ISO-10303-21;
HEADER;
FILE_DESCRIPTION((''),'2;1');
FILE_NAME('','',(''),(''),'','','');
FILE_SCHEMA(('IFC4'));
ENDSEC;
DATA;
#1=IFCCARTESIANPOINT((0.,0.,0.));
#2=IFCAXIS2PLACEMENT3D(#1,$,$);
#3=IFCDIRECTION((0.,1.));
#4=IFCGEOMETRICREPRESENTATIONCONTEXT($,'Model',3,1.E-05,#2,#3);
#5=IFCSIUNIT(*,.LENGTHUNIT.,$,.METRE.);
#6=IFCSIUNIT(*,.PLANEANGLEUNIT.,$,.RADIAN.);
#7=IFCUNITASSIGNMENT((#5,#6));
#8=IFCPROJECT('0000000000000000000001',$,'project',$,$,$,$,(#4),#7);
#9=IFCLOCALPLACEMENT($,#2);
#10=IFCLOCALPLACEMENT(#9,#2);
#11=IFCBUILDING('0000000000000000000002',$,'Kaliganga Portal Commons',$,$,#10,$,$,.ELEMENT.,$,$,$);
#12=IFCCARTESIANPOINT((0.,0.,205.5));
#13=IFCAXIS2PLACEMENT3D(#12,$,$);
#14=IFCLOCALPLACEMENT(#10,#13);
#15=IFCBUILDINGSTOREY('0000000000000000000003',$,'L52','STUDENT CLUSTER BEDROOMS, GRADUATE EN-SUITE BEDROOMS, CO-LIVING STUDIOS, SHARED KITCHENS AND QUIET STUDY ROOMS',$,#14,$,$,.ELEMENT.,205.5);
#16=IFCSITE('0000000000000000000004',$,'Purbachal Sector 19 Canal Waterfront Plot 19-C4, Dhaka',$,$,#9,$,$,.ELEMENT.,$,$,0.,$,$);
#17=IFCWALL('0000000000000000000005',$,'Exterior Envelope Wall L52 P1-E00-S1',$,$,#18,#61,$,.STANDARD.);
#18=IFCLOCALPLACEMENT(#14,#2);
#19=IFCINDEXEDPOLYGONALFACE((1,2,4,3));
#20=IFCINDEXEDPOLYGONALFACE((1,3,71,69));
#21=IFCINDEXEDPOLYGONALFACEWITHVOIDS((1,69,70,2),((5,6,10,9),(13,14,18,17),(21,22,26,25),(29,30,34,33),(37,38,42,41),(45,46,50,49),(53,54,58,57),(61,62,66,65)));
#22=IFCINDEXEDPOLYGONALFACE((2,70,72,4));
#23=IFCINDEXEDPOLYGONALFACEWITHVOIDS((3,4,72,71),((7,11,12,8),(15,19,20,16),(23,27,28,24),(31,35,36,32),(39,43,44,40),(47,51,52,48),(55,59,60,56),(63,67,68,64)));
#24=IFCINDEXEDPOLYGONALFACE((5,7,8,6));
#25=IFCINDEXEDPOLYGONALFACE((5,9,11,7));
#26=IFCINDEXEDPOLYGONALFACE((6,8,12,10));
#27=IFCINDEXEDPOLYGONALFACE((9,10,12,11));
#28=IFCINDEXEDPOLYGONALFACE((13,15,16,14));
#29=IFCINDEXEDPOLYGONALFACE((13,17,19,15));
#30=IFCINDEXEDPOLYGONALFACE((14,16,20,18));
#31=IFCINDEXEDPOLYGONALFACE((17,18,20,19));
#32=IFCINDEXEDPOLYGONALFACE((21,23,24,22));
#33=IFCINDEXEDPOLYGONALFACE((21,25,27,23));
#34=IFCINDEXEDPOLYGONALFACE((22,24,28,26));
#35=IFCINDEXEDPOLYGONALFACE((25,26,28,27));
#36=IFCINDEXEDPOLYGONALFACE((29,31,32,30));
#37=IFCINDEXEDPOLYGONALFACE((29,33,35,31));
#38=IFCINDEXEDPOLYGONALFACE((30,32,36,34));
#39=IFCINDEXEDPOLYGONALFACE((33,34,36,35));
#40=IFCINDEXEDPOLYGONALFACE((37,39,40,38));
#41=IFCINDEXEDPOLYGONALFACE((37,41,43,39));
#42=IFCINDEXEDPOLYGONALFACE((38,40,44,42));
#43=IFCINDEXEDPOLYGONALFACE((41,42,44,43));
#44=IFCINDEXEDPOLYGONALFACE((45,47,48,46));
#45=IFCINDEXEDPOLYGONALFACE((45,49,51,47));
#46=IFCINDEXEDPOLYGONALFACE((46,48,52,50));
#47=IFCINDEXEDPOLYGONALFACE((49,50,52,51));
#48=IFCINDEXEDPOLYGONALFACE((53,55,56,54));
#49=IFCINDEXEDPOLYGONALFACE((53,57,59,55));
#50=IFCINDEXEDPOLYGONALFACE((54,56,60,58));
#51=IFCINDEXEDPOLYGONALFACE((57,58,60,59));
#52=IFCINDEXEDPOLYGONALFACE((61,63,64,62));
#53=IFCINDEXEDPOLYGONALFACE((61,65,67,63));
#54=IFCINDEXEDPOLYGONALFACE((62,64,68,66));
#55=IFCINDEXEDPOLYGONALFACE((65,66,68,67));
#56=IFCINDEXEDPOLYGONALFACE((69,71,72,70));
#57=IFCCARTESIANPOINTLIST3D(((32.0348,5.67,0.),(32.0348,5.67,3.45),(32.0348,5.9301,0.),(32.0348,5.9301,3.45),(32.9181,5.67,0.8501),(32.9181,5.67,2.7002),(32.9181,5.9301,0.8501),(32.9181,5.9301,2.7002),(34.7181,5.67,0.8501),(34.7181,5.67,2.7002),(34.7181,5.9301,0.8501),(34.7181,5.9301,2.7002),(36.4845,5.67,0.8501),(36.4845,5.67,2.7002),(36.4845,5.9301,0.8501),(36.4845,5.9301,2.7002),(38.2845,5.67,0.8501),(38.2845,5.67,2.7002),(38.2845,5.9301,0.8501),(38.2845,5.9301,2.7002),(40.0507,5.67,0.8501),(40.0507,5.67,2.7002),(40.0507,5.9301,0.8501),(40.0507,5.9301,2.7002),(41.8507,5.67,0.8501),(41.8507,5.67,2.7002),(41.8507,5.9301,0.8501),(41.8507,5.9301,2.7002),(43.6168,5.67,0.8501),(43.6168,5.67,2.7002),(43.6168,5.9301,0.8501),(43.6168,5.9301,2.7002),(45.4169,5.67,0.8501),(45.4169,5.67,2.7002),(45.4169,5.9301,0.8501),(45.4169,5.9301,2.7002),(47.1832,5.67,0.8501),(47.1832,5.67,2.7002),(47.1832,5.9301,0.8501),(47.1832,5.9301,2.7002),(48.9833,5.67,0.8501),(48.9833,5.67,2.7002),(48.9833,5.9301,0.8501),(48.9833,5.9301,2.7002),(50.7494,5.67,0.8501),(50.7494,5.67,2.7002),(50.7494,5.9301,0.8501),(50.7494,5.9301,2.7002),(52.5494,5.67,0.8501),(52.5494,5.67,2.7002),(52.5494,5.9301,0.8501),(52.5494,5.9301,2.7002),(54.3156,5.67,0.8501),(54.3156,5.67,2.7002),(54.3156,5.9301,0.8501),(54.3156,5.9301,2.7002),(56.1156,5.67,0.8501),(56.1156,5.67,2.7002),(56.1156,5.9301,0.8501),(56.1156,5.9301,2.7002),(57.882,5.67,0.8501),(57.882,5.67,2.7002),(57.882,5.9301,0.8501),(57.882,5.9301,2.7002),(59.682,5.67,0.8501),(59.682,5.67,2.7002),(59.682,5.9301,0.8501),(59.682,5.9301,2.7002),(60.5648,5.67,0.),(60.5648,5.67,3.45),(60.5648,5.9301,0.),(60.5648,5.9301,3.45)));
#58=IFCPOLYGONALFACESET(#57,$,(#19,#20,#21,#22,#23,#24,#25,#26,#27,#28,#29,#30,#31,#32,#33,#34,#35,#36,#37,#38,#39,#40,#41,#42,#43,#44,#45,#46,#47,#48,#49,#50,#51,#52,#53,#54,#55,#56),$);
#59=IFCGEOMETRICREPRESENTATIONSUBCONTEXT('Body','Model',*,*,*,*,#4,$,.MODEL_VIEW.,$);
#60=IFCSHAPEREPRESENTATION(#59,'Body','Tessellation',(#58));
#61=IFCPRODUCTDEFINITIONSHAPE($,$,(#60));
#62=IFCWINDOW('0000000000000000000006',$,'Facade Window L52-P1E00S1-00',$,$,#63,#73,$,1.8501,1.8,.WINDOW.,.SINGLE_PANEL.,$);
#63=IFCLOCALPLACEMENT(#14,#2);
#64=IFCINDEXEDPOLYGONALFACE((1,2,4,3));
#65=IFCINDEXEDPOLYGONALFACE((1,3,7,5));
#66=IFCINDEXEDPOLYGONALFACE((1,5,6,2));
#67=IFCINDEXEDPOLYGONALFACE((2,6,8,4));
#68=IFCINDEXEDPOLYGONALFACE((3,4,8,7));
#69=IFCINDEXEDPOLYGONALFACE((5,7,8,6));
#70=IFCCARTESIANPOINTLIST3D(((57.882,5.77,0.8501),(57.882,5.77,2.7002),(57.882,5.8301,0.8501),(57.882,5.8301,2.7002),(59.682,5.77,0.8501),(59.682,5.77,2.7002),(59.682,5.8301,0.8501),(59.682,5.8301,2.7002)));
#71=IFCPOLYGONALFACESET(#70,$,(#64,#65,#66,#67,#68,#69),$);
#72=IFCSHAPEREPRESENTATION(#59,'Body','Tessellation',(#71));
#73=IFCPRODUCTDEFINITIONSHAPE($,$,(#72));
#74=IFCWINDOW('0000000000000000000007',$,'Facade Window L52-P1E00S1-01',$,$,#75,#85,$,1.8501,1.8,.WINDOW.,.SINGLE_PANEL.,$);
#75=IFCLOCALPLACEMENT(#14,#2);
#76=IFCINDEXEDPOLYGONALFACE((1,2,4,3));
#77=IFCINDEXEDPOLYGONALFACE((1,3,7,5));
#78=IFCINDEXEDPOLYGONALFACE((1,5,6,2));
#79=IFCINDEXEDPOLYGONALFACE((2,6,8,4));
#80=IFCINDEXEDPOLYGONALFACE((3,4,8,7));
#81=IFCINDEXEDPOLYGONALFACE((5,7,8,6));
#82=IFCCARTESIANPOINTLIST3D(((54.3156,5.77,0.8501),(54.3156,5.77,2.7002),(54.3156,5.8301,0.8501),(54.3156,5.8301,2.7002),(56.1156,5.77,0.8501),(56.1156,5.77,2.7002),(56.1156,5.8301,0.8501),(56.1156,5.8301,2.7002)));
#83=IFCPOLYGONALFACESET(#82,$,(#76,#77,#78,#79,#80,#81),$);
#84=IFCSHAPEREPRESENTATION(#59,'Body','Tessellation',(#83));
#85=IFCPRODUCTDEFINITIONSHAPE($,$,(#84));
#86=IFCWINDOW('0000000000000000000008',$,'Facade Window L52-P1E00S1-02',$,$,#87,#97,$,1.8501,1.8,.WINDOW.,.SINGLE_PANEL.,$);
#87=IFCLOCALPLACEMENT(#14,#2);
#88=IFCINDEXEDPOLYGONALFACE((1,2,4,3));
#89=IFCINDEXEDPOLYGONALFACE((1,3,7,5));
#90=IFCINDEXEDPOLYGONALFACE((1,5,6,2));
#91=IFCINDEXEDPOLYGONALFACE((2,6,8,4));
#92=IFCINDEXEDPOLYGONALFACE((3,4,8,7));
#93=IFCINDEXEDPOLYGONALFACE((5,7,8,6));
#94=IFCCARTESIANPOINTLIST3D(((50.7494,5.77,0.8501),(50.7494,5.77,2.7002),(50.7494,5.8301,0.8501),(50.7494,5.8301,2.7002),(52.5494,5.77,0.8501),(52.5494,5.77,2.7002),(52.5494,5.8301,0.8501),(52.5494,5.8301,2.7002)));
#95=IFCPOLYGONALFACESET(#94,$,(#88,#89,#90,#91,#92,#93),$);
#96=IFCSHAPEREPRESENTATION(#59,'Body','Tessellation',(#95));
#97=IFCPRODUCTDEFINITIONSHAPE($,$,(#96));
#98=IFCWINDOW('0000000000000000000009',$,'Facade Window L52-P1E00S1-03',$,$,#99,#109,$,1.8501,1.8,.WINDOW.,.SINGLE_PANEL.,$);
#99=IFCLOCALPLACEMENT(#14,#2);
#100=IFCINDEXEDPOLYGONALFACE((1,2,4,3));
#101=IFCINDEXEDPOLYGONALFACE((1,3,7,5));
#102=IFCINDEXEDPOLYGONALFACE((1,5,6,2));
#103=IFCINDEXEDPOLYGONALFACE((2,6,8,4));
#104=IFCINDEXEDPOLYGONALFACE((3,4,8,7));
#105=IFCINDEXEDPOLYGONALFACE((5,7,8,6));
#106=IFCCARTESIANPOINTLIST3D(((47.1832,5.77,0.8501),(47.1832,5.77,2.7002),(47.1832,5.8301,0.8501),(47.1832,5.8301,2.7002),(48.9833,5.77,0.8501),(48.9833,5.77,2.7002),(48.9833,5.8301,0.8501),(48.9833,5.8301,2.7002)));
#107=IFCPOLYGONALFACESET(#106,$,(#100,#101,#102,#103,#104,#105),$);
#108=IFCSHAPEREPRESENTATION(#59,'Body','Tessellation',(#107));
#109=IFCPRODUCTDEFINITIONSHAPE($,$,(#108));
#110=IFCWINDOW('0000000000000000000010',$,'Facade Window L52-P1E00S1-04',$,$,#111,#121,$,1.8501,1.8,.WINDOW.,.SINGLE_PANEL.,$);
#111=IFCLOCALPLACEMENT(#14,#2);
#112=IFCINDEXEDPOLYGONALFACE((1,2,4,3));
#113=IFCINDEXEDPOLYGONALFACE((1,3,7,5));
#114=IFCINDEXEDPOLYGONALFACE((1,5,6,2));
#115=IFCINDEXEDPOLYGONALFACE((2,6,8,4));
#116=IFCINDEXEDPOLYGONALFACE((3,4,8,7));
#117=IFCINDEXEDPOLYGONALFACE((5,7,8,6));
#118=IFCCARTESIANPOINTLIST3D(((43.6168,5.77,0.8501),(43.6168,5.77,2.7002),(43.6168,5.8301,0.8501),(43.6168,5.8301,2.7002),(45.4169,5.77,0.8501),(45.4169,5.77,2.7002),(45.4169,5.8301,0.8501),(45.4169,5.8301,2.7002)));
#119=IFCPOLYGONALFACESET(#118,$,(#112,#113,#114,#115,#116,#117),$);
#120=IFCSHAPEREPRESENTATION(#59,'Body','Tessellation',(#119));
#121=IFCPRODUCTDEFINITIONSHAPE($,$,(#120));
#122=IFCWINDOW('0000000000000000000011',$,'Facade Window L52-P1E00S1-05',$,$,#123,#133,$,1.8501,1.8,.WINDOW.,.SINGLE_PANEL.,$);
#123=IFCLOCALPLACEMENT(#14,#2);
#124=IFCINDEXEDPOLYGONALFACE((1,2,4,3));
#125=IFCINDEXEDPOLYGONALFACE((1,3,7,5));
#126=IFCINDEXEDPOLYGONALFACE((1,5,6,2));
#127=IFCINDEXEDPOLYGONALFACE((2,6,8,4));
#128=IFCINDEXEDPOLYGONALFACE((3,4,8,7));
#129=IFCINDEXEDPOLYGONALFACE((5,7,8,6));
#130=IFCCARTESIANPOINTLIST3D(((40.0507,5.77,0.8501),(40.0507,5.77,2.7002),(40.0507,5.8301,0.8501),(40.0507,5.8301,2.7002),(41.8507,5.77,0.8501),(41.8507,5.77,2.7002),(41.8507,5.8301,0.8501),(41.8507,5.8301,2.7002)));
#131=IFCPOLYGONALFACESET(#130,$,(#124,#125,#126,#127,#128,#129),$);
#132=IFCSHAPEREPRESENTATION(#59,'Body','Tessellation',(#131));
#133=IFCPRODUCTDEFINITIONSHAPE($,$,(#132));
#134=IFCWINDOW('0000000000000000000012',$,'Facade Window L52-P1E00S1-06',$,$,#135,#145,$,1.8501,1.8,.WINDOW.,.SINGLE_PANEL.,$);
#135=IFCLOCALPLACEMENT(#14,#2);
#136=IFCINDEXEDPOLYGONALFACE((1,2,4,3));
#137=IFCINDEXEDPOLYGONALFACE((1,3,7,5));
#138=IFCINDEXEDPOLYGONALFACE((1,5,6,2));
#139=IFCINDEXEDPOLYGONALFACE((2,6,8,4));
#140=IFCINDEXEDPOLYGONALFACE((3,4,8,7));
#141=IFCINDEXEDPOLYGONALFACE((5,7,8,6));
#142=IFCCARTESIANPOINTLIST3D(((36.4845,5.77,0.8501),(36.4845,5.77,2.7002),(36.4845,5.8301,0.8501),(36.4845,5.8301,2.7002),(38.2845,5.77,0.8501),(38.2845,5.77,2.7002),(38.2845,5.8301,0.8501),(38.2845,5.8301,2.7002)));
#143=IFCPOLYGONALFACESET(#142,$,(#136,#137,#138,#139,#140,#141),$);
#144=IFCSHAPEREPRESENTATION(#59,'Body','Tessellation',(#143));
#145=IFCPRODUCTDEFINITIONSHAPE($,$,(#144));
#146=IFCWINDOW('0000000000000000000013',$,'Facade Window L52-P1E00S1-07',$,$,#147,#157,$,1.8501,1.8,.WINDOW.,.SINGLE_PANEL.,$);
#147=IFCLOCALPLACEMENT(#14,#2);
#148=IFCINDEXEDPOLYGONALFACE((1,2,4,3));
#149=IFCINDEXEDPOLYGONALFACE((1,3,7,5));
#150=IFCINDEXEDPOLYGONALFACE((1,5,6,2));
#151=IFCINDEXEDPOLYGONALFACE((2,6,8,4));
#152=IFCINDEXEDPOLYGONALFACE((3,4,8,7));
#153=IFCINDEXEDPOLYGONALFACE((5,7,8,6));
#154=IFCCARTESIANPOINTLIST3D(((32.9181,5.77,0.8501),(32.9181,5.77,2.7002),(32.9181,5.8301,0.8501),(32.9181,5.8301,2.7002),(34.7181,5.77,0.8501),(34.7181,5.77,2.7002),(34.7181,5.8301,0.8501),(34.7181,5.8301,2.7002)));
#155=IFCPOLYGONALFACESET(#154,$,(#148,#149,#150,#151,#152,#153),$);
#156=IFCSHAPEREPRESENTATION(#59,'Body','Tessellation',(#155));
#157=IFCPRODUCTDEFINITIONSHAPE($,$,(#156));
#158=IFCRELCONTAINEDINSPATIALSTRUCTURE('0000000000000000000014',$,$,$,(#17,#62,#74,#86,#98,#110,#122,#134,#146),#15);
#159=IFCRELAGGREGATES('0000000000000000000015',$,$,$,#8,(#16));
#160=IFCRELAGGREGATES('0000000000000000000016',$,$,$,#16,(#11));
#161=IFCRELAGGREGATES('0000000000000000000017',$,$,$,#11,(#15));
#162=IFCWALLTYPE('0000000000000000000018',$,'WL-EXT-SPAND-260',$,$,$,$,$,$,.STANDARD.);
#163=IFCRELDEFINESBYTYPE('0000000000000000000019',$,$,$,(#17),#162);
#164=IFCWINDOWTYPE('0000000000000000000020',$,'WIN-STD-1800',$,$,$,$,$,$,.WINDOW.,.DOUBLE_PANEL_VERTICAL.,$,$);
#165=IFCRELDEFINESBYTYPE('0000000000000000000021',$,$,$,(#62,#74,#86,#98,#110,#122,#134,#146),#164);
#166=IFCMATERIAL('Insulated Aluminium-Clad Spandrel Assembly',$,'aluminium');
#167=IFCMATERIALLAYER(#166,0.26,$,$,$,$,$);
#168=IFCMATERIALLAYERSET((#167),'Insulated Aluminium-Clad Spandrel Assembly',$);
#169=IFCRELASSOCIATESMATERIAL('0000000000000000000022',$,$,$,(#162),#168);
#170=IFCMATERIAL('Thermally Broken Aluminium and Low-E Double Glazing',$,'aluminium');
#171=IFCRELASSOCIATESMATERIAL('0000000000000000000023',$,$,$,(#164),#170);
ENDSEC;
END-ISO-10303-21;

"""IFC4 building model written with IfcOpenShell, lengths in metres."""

from ifc_helpers import new_model, si_unit, direction, frame, frame_2d, origin, place, context, subcontext, project, spatial, rectangle, extrude, material, layer, layer_set, type_object, element, fill, save


model = new_model("IFC4")

# Units and contexts
model_context = context("Model", 3, precision=1e-05, world=origin(), true_north=direction((0.0, 1.0)))
body_context = subcontext(model_context, "Body", "Model", "MODEL_VIEW")
ifc_project = project(units=[si_unit("LENGTHUNIT", "METRE"), si_unit("PLANEANGLEUNIT", "RADIAN")], contexts=[model_context])

# Site, building, storey
site_placement = place(None, origin())
site = spatial("IfcSite", under=ifc_project, at=site_placement, Name="Purbachal Sector 19 Canal Waterfront Plot 19-C4, Dhaka", CompositionType="ELEMENT", RefElevation=0.0)
building_placement = place(site_placement, origin())
building = spatial("IfcBuilding", under=site, at=building_placement, Name="Kaliganga Portal Commons", CompositionType="ELEMENT")
storey_placement = place(building_placement, frame((0.0, 0.0, 205.5)))
storey = spatial("IfcBuildingStorey", under=building, at=storey_placement, Name="L52", Description="STUDENT CLUSTER BEDROOMS, GRADUATE EN-SUITE BEDROOMS, CO-LIVING STUDIOS, SHARED KITCHENS AND QUIET STUDY ROOMS", CompositionType="ELEMENT", Elevation=205.5)

# Wall, openings, windows
ifc_material_1 = material(Name="Insulated Aluminium-Clad Spandrel Assembly", Category="aluminium")
ifc_layer_1 = layer(ifc_material_1, 0.26)
ifc_layer_set_1 = layer_set([ifc_layer_1], Name="Insulated Aluminium-Clad Spandrel Assembly")
wall_type_1 = type_object("IfcWallType", Name="WL-EXT-SPAND-260", PredefinedType="STANDARD", material=ifc_layer_set_1)
wall_1_placement = place(storey_placement, frame((60.5649, 5.8, 0.0), z_axis=(0.0, 0.0, 1.0), x_axis=(-1.0, 0.0, 0.0)))
wall_1 = element("IfcWall", 1, at=wall_1_placement, inside=storey, type_object=wall_type_1, Name="Exterior Envelope Wall L52 P1-E00-S1", PredefinedType="STANDARD", context=body_context, shape_type="SweptSolid", body=[
    extrude(rectangle(XDim=28.53, YDim=0.26, at=frame_2d((14.2651, 0.0))), origin(), (0.0, 0.0, 1.0), 3.45),
])
opening_1_placement = place(wall_1_placement, frame((0.8831, 0.0, 0.8501)))
opening_1 = element("IfcOpeningElement", 2, at=opening_1_placement, cuts=wall_1, PredefinedType="OPENING", context=body_context, shape_type="SweptSolid", body=[
    extrude(rectangle(XDim=1.8, YDim=1.8501, at=frame_2d((0.8999, 0.925))), frame((0.0, 0.1401, 0.0), z_axis=(0.0, -1.0, 0.0), x_axis=(1.0, 0.0, 0.0)), (0.0, 0.0, 1.0), 0.28),
])
opening_2_placement = place(wall_1_placement, frame((4.4495, 0.0, 0.8501)))
opening_2 = element("IfcOpeningElement", 3, at=opening_2_placement, cuts=wall_1, PredefinedType="OPENING", context=body_context, shape_type="SweptSolid", body=[
    extrude(rectangle(XDim=1.8, YDim=1.8501, at=frame_2d((0.8999, 0.925))), frame((0.0, 0.1401, 0.0), z_axis=(0.0, -1.0, 0.0), x_axis=(1.0, 0.0, 0.0)), (0.0, 0.0, 1.0), 0.28),
])
opening_3_placement = place(wall_1_placement, frame((8.0156, 0.0, 0.8501)))
opening_3 = element("IfcOpeningElement", 4, at=opening_3_placement, cuts=wall_1, PredefinedType="OPENING", context=body_context, shape_type="SweptSolid", body=[
    extrude(rectangle(XDim=1.8, YDim=1.8501, at=frame_2d((0.8999, 0.925))), frame((0.0, 0.1401, 0.0), z_axis=(0.0, -1.0, 0.0), x_axis=(1.0, 0.0, 0.0)), (0.0, 0.0, 1.0), 0.28),
])
opening_4_placement = place(wall_1_placement, frame((11.5818, 0.0, 0.8501)))
opening_4 = element("IfcOpeningElement", 5, at=opening_4_placement, cuts=wall_1, PredefinedType="OPENING", context=body_context, shape_type="SweptSolid", body=[
    extrude(rectangle(XDim=1.8, YDim=1.8501, at=frame_2d((0.8999, 0.925))), frame((0.0, 0.1401, 0.0), z_axis=(0.0, -1.0, 0.0), x_axis=(1.0, 0.0, 0.0)), (0.0, 0.0, 1.0), 0.28),
])
opening_5_placement = place(wall_1_placement, frame((15.1482, 0.0, 0.8501)))
opening_5 = element("IfcOpeningElement", 6, at=opening_5_placement, cuts=wall_1, PredefinedType="OPENING", context=body_context, shape_type="SweptSolid", body=[
    extrude(rectangle(XDim=1.8, YDim=1.8501, at=frame_2d((0.8999, 0.925))), frame((0.0, 0.1401, 0.0), z_axis=(0.0, -1.0, 0.0), x_axis=(1.0, 0.0, 0.0)), (0.0, 0.0, 1.0), 0.28),
])
opening_6_placement = place(wall_1_placement, frame((18.7144, 0.0, 0.8501)))
opening_6 = element("IfcOpeningElement", 7, at=opening_6_placement, cuts=wall_1, PredefinedType="OPENING", context=body_context, shape_type="SweptSolid", body=[
    extrude(rectangle(XDim=1.8, YDim=1.8501, at=frame_2d((0.8999, 0.925))), frame((0.0, 0.1401, 0.0), z_axis=(0.0, -1.0, 0.0), x_axis=(1.0, 0.0, 0.0)), (0.0, 0.0, 1.0), 0.28),
])
opening_7_placement = place(wall_1_placement, frame((22.2805, 0.0, 0.8501)))
opening_7 = element("IfcOpeningElement", 8, at=opening_7_placement, cuts=wall_1, PredefinedType="OPENING", context=body_context, shape_type="SweptSolid", body=[
    extrude(rectangle(XDim=1.8, YDim=1.8501, at=frame_2d((0.8999, 0.925))), frame((0.0, 0.1401, 0.0), z_axis=(0.0, -1.0, 0.0), x_axis=(1.0, 0.0, 0.0)), (0.0, 0.0, 1.0), 0.28),
])
opening_8_placement = place(wall_1_placement, frame((25.8469, 0.0, 0.8501)))
opening_8 = element("IfcOpeningElement", 9, at=opening_8_placement, cuts=wall_1, PredefinedType="OPENING", context=body_context, shape_type="SweptSolid", body=[
    extrude(rectangle(XDim=1.8, YDim=1.8501, at=frame_2d((0.8999, 0.925))), frame((0.0, 0.1401, 0.0), z_axis=(0.0, -1.0, 0.0), x_axis=(1.0, 0.0, 0.0)), (0.0, 0.0, 1.0), 0.28),
])
ifc_material_2 = material(Name="Thermally Broken Aluminium and Low-E Double Glazing", Category="aluminium")
window_type = type_object("IfcWindowType", Name="WIN-STD-1800", PartitioningType="DOUBLE_PANEL_VERTICAL", PredefinedType="WINDOW", material=ifc_material_2)
window_1_placement = place(opening_1_placement, origin())
window_1 = element("IfcWindow", 10, at=window_1_placement, inside=storey, type_object=window_type, Name="Facade Window L52-P1E00S1-00", OverallHeight=1.8501, OverallWidth=1.8, PartitioningType="SINGLE_PANEL", PredefinedType="WINDOW", context=body_context, shape_type="SweptSolid", body=[
    extrude(rectangle(XDim=1.8, YDim=1.8501, at=frame_2d((0.8999, 0.925))), frame((0.0, 0.03, 0.0), z_axis=(0.0, -1.0, 0.0), x_axis=(1.0, 0.0, 0.0)), (0.0, 0.0, 1.0), 0.0601),
])
fill(opening_1, window_1)
window_2_placement = place(opening_2_placement, origin())
window_2 = element("IfcWindow", 11, at=window_2_placement, inside=storey, type_object=window_type, Name="Facade Window L52-P1E00S1-01", OverallHeight=1.8501, OverallWidth=1.8, PartitioningType="SINGLE_PANEL", PredefinedType="WINDOW", context=body_context, shape_type="SweptSolid", body=[
    extrude(rectangle(XDim=1.8, YDim=1.8501, at=frame_2d((0.8999, 0.925))), frame((0.0, 0.03, 0.0), z_axis=(0.0, -1.0, 0.0), x_axis=(1.0, 0.0, 0.0)), (0.0, 0.0, 1.0), 0.0601),
])
fill(opening_2, window_2)
window_3_placement = place(opening_3_placement, origin())
window_3 = element("IfcWindow", 12, at=window_3_placement, inside=storey, type_object=window_type, Name="Facade Window L52-P1E00S1-02", OverallHeight=1.8501, OverallWidth=1.8, PartitioningType="SINGLE_PANEL", PredefinedType="WINDOW", context=body_context, shape_type="SweptSolid", body=[
    extrude(rectangle(XDim=1.8, YDim=1.8501, at=frame_2d((0.8999, 0.925))), frame((0.0, 0.03, 0.0), z_axis=(0.0, -1.0, 0.0), x_axis=(1.0, 0.0, 0.0)), (0.0, 0.0, 1.0), 0.0601),
])
fill(opening_3, window_3)
window_4_placement = place(opening_4_placement, origin())
window_4 = element("IfcWindow", 13, at=window_4_placement, inside=storey, type_object=window_type, Name="Facade Window L52-P1E00S1-03", OverallHeight=1.8501, OverallWidth=1.8, PartitioningType="SINGLE_PANEL", PredefinedType="WINDOW", context=body_context, shape_type="SweptSolid", body=[
    extrude(rectangle(XDim=1.8, YDim=1.8501, at=frame_2d((0.8999, 0.925))), frame((0.0, 0.03, 0.0), z_axis=(0.0, -1.0, 0.0), x_axis=(1.0, 0.0, 0.0)), (0.0, 0.0, 1.0), 0.0601),
])
fill(opening_4, window_4)
window_5_placement = place(opening_5_placement, origin())
window_5 = element("IfcWindow", 14, at=window_5_placement, inside=storey, type_object=window_type, Name="Facade Window L52-P1E00S1-04", OverallHeight=1.8501, OverallWidth=1.8, PartitioningType="SINGLE_PANEL", PredefinedType="WINDOW", context=body_context, shape_type="SweptSolid", body=[
    extrude(rectangle(XDim=1.8, YDim=1.8501, at=frame_2d((0.8999, 0.925))), frame((0.0, 0.03, 0.0), z_axis=(0.0, -1.0, 0.0), x_axis=(1.0, 0.0, 0.0)), (0.0, 0.0, 1.0), 0.0601),
])
fill(opening_5, window_5)
window_6_placement = place(opening_6_placement, origin())
window_6 = element("IfcWindow", 15, at=window_6_placement, inside=storey, type_object=window_type, Name="Facade Window L52-P1E00S1-05", OverallHeight=1.8501, OverallWidth=1.8, PartitioningType="SINGLE_PANEL", PredefinedType="WINDOW", context=body_context, shape_type="SweptSolid", body=[
    extrude(rectangle(XDim=1.8, YDim=1.8501, at=frame_2d((0.8999, 0.925))), frame((0.0, 0.03, 0.0), z_axis=(0.0, -1.0, 0.0), x_axis=(1.0, 0.0, 0.0)), (0.0, 0.0, 1.0), 0.0601),
])
fill(opening_6, window_6)
window_7_placement = place(opening_7_placement, origin())
window_7 = element("IfcWindow", 16, at=window_7_placement, inside=storey, type_object=window_type, Name="Facade Window L52-P1E00S1-06", OverallHeight=1.8501, OverallWidth=1.8, PartitioningType="SINGLE_PANEL", PredefinedType="WINDOW", context=body_context, shape_type="SweptSolid", body=[
    extrude(rectangle(XDim=1.8, YDim=1.8501, at=frame_2d((0.8999, 0.925))), frame((0.0, 0.03, 0.0), z_axis=(0.0, -1.0, 0.0), x_axis=(1.0, 0.0, 0.0)), (0.0, 0.0, 1.0), 0.0601),
])
fill(opening_7, window_7)
window_8_placement = place(opening_8_placement, origin())
window_8 = element("IfcWindow", 17, at=window_8_placement, inside=storey, type_object=window_type, Name="Facade Window L52-P1E00S1-07", OverallHeight=1.8501, OverallWidth=1.8, PartitioningType="SINGLE_PANEL", PredefinedType="WINDOW", context=body_context, shape_type="SweptSolid", body=[
    extrude(rectangle(XDim=1.8, YDim=1.8501, at=frame_2d((0.8999, 0.925))), frame((0.0, 0.03, 0.0), z_axis=(0.0, -1.0, 0.0), x_axis=(1.0, 0.0, 0.0)), (0.0, 0.0, 1.0), 0.0601),
])
fill(opening_8, window_8)

save(model, "model.ifc")
